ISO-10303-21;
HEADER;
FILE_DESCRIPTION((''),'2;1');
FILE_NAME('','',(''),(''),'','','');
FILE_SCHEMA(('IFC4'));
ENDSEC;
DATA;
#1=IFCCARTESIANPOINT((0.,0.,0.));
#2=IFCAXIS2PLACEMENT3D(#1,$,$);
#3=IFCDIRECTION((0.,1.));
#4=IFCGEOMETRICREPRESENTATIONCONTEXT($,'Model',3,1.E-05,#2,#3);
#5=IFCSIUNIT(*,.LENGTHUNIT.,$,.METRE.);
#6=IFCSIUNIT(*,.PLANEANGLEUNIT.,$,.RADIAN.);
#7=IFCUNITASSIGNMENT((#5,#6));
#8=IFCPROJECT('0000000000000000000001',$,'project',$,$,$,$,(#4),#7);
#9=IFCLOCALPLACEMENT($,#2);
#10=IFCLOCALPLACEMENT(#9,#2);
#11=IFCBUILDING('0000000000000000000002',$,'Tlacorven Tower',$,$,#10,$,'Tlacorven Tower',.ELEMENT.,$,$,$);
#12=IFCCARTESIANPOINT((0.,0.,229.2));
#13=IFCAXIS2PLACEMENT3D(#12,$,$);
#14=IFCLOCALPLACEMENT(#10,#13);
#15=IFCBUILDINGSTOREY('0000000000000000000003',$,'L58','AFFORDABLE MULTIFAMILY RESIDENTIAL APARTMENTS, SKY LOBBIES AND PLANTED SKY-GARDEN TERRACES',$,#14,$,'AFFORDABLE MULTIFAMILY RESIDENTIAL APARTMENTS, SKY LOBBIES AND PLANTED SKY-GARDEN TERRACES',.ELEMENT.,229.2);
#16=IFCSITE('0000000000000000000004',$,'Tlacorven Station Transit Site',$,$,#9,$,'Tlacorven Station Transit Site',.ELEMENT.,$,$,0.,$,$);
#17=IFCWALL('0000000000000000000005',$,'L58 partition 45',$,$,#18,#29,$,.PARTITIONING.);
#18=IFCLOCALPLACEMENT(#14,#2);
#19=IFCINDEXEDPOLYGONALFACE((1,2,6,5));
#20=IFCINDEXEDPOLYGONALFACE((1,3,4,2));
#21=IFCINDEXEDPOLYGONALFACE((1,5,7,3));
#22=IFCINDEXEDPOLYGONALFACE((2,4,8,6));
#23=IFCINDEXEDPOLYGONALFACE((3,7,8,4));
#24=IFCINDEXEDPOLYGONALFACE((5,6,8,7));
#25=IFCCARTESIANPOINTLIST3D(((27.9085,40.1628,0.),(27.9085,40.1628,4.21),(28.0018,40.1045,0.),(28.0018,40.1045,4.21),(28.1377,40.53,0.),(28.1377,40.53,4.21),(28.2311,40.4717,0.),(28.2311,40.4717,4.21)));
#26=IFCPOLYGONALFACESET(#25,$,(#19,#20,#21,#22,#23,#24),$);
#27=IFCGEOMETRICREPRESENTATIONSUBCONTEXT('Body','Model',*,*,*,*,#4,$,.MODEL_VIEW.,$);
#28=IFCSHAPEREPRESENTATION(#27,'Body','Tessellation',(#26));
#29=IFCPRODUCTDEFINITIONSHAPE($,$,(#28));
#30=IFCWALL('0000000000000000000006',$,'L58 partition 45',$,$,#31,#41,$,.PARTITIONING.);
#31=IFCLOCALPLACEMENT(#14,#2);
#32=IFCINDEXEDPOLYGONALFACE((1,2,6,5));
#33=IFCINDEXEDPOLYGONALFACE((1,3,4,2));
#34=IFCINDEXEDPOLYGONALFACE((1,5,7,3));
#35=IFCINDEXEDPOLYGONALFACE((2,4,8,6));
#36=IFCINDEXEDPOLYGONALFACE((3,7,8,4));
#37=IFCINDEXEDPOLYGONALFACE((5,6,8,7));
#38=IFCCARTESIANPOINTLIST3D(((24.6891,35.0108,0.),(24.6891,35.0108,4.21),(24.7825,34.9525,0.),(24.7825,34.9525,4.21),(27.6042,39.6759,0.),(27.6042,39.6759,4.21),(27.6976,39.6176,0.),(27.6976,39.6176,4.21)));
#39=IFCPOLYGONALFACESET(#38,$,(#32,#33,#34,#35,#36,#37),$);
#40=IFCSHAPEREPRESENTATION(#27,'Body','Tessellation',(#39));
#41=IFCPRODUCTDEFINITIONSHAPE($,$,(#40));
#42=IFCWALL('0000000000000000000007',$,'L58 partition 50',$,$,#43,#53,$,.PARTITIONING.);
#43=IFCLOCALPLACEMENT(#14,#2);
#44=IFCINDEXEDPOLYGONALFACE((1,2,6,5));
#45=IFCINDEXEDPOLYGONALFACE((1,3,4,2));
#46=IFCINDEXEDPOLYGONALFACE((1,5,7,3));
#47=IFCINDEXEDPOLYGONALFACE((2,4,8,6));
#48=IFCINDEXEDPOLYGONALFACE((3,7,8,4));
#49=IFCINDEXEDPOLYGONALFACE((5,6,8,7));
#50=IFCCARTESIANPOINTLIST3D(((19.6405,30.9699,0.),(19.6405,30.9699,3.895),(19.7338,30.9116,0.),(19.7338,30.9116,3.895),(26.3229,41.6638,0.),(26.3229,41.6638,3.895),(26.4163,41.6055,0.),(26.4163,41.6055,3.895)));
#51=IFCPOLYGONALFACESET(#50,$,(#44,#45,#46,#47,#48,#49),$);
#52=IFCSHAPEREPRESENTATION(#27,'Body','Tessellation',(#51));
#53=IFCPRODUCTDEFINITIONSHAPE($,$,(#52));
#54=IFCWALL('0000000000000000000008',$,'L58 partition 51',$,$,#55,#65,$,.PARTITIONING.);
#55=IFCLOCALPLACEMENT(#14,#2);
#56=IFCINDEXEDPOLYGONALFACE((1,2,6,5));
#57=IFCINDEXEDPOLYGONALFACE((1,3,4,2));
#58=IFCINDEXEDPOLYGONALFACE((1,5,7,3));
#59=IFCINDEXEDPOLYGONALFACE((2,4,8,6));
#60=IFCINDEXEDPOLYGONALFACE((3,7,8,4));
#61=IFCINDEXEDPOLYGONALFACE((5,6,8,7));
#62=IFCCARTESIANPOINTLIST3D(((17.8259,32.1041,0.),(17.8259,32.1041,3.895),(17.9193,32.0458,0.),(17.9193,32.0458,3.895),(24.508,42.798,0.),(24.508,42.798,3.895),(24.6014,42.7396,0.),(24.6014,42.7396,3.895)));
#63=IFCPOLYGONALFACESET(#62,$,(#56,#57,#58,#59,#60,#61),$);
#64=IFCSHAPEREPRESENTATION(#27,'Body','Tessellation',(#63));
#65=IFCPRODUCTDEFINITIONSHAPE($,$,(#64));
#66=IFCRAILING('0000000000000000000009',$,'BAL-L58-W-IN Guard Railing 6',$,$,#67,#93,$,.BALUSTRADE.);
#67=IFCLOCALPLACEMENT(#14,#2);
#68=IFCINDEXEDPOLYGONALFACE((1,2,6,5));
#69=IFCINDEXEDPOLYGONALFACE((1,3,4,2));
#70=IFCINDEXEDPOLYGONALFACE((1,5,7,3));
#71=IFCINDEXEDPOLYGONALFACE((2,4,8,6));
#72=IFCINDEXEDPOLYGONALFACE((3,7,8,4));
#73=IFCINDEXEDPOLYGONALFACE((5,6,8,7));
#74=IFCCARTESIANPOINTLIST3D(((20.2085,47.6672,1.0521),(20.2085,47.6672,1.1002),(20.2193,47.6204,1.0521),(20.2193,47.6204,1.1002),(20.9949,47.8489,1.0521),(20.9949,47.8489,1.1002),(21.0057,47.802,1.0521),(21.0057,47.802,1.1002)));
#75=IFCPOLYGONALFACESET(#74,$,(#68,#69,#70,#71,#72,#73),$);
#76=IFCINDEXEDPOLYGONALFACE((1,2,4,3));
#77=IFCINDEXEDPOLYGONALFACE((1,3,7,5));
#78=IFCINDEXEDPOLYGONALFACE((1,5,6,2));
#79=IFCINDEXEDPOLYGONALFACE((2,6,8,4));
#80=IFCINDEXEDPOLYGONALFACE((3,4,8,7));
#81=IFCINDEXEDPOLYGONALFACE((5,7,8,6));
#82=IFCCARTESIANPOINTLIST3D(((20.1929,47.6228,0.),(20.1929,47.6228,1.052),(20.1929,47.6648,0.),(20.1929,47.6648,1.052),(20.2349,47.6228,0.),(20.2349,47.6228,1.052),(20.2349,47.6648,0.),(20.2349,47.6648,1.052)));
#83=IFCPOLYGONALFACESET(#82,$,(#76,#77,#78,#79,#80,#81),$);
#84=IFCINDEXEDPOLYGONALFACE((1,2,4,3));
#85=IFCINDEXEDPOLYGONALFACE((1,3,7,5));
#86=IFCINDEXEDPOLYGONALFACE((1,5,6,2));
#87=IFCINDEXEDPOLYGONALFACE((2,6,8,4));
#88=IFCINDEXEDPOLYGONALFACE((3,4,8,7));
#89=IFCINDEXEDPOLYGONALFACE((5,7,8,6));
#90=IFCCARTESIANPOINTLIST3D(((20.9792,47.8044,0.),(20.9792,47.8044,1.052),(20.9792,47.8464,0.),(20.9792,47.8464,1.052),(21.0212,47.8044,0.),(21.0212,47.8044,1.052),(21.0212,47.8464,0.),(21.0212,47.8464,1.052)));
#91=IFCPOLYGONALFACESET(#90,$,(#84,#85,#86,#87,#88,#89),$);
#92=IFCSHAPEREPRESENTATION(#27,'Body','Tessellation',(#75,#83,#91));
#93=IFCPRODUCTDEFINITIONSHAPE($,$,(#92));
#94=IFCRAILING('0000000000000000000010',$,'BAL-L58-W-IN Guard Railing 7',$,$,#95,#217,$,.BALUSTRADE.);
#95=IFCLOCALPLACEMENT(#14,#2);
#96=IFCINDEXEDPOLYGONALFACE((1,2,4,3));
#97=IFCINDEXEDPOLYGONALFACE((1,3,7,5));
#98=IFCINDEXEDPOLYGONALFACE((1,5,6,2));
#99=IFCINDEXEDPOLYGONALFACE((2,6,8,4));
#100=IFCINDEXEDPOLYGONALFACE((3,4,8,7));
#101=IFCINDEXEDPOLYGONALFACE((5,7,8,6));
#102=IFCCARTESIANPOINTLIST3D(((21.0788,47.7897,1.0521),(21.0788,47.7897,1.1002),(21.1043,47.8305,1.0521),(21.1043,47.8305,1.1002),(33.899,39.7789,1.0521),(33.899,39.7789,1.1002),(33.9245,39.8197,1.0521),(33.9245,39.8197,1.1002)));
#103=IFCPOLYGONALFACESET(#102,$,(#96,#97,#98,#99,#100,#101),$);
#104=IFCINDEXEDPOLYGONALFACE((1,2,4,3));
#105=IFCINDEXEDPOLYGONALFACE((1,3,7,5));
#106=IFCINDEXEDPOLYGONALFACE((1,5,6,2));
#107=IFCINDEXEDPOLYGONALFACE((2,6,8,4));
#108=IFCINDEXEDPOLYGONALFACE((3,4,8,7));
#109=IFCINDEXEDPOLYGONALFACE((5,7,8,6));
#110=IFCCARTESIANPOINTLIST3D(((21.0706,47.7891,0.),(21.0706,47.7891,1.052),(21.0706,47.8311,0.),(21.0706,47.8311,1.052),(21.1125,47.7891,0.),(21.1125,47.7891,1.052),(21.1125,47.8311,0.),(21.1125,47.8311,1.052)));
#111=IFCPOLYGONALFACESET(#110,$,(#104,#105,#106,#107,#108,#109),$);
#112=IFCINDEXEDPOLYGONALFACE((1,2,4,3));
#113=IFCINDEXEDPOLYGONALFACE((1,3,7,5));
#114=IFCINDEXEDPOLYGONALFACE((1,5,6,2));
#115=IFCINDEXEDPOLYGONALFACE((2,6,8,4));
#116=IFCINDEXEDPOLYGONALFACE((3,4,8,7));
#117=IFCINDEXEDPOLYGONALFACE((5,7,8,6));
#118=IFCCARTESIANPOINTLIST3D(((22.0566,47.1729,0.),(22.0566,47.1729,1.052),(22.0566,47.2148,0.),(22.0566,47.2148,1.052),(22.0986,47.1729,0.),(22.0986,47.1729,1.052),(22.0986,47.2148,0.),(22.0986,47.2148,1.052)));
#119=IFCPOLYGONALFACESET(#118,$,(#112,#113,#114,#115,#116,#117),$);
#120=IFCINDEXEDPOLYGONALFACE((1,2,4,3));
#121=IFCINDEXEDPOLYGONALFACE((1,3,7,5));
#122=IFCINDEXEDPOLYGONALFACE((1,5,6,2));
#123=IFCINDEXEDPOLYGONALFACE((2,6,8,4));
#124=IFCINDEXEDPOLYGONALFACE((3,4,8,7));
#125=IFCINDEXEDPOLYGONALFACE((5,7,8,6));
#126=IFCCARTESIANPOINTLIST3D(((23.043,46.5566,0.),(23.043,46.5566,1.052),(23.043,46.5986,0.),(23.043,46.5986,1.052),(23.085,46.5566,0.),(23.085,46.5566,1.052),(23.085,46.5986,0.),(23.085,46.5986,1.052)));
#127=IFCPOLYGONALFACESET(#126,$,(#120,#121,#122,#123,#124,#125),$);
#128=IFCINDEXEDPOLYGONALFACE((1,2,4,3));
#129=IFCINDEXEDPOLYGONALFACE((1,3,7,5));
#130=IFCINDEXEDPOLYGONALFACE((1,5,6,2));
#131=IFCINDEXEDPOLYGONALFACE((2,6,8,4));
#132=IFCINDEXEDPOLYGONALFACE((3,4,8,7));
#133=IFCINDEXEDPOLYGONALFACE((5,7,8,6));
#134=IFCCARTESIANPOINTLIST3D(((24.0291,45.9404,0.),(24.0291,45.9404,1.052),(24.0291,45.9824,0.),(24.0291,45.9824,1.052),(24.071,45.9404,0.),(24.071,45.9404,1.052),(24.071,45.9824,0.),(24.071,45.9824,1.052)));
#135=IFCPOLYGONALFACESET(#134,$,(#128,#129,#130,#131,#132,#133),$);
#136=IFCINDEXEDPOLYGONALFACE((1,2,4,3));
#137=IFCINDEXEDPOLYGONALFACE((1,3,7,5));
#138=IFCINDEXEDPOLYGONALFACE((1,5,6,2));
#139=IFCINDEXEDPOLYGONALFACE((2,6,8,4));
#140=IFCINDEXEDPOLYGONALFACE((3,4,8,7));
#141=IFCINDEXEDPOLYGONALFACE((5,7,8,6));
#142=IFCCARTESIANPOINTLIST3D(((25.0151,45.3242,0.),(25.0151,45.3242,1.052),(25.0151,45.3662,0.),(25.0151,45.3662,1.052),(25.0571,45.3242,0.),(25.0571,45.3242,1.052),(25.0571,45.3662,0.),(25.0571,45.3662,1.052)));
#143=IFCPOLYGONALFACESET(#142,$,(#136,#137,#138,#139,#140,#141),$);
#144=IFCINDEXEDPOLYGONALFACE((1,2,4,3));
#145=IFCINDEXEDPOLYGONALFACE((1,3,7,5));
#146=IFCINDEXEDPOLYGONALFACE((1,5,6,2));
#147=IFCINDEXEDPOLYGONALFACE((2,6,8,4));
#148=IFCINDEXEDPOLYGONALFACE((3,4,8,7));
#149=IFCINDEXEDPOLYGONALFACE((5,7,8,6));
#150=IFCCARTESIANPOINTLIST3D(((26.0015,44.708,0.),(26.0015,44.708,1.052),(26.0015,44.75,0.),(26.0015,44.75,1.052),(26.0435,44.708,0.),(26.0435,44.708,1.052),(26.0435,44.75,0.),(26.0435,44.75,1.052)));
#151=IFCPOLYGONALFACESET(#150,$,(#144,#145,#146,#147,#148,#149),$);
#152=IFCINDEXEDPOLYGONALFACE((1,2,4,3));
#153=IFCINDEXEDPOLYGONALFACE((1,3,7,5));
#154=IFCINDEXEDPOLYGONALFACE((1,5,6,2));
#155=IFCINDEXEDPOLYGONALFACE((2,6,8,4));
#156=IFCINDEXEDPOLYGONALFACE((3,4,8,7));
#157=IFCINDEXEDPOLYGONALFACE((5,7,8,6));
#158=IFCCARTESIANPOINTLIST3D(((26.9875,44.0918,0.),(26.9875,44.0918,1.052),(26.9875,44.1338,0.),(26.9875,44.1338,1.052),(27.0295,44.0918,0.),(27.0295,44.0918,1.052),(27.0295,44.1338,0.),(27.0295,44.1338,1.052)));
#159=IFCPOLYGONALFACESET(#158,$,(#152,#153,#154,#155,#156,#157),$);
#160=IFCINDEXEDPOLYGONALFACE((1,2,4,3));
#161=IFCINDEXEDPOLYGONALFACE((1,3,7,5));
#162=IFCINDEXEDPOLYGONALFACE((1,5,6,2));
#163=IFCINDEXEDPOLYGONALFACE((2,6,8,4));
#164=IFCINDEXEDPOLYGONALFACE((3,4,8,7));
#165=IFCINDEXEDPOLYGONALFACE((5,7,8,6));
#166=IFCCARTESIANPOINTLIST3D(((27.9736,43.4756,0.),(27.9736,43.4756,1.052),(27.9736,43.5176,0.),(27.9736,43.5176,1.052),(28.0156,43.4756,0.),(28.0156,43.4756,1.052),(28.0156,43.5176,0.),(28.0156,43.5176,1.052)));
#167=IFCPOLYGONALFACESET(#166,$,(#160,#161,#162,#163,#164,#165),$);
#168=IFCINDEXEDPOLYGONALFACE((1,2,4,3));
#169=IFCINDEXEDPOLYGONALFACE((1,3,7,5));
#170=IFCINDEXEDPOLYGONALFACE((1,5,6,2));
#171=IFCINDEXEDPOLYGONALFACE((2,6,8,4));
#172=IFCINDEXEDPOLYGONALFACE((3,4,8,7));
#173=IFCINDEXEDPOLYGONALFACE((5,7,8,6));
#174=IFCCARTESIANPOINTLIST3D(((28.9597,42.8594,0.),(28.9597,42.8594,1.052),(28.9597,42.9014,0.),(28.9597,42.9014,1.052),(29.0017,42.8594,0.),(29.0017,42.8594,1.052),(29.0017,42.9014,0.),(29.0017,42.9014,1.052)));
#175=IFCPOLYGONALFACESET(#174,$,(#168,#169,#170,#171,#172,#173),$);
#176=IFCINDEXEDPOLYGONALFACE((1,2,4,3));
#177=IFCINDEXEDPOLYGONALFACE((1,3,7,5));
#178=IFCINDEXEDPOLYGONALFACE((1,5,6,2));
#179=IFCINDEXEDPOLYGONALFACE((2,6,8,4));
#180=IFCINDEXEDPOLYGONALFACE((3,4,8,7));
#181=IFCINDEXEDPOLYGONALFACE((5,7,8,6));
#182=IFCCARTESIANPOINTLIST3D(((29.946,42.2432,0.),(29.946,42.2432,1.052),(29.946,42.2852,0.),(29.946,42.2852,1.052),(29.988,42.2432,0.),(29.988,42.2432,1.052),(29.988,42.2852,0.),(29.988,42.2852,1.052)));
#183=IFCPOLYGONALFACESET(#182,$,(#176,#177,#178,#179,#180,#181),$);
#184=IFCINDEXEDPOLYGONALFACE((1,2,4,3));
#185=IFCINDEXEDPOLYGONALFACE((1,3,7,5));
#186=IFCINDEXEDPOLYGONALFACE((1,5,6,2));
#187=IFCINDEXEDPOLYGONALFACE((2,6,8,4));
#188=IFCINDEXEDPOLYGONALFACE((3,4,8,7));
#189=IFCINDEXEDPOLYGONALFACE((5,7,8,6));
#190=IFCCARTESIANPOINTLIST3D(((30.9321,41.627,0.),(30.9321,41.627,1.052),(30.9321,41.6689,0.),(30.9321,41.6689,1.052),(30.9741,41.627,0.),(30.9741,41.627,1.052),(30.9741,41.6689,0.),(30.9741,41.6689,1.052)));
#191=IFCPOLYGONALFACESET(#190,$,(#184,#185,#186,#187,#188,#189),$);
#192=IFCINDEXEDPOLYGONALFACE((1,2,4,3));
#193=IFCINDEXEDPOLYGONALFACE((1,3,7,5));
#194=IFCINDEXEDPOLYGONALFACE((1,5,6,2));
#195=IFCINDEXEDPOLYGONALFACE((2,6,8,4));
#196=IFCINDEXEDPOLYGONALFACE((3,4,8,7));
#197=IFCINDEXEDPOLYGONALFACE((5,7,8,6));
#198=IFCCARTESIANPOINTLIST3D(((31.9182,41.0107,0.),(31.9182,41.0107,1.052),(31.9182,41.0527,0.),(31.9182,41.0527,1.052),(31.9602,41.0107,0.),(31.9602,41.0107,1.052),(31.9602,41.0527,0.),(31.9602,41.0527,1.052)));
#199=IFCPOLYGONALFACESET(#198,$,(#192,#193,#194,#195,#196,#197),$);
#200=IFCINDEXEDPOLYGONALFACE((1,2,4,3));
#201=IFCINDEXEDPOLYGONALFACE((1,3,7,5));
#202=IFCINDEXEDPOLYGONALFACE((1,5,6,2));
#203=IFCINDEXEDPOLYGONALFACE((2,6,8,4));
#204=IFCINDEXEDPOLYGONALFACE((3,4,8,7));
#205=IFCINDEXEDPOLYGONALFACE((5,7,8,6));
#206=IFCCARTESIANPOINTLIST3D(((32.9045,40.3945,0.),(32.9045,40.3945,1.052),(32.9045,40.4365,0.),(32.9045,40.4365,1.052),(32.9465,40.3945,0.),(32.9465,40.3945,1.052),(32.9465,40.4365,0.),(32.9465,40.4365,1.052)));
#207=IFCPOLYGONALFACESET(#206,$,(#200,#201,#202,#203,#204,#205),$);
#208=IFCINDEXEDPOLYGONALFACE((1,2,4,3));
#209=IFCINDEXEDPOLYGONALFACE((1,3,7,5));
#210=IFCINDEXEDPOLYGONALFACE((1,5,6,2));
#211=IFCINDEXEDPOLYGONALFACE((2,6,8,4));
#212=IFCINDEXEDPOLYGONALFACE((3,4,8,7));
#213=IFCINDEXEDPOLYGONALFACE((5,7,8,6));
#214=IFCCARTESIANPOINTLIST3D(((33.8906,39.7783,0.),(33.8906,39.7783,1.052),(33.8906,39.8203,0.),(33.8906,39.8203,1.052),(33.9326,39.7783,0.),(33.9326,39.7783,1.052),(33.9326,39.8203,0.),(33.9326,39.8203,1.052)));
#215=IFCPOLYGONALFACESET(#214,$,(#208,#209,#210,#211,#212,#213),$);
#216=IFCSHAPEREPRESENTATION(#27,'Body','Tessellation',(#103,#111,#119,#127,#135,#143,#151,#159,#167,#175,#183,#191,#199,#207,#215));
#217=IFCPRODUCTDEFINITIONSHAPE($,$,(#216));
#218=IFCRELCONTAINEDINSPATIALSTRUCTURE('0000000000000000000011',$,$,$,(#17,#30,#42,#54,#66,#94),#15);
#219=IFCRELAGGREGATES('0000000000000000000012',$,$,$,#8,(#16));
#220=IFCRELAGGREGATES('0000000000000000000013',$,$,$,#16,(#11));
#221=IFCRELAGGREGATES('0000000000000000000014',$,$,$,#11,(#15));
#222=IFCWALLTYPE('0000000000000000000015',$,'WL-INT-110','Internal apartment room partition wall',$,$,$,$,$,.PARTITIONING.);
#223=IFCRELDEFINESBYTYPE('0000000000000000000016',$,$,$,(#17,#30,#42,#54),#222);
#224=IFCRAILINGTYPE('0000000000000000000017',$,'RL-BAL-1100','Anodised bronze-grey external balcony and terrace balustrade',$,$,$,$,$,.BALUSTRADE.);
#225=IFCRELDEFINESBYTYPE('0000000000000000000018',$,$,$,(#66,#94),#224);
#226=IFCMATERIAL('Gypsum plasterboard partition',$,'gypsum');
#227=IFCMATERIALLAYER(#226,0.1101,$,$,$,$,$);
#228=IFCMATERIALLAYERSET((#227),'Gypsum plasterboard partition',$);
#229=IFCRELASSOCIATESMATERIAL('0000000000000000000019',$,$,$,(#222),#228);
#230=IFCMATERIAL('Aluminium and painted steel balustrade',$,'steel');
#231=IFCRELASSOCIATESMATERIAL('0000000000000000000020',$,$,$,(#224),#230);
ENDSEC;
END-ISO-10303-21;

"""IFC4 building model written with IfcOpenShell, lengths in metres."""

from ifc_helpers import new_model, si_unit, direction, frame, frame_2d, origin, origin_2d, place, context, subcontext, project, spatial, rectangle, extrude, source, transform, mapped, material, layer, layer_set, type_object, element, save


model = new_model("IFC4")

# Units and contexts
model_context = context("Model", 3, precision=1e-05, world=origin(), true_north=direction((0.0, 1.0)))
body_context = subcontext(model_context, "Body", "Model", "MODEL_VIEW")
ifc_project = project(units=[si_unit("LENGTHUNIT", "METRE"), si_unit("PLANEANGLEUNIT", "RADIAN")], contexts=[model_context])

# Site, building, storey
site_placement = place(None, origin())
site = spatial("IfcSite", under=ifc_project, at=site_placement, Name="Tlacorven Station Transit Site", LongName="Tlacorven Station Transit Site", CompositionType="ELEMENT", RefElevation=0.0)
building_placement = place(site_placement, origin())
building = spatial("IfcBuilding", under=site, at=building_placement, Name="Tlacorven Tower", LongName="Tlacorven Tower", CompositionType="ELEMENT")
storey_placement = place(building_placement, frame((0.0, 0.0, 229.2)))
storey = spatial("IfcBuildingStorey", under=building, at=storey_placement, Name="L58", Description="AFFORDABLE MULTIFAMILY RESIDENTIAL APARTMENTS, SKY LOBBIES AND PLANTED SKY-GARDEN TERRACES", LongName="AFFORDABLE MULTIFAMILY RESIDENTIAL APARTMENTS, SKY LOBBIES AND PLANTED SKY-GARDEN TERRACES", CompositionType="ELEMENT", Elevation=229.2)

# Walls
ifc_material_1 = material(Name="Gypsum plasterboard partition", Category="gypsum")
ifc_layer_1 = layer(ifc_material_1, 0.1101)
ifc_layer_set_1 = layer_set([ifc_layer_1], Name="Gypsum plasterboard partition")
wall_type_1 = type_object("IfcWallType", Name="WL-INT-110", Description="Internal apartment room partition wall", PredefinedType="PARTITIONING", material=ifc_layer_set_1)
wall_1_placement = place(storey_placement, frame((28.1843, 40.5007, 0.0), z_axis=(0.0, 0.0, 1.0), x_axis=(-0.529593, -0.848252, 0.0)))
element("IfcWall", 1, at=wall_1_placement, inside=storey, type_object=wall_type_1, Name="L58 partition 45", PredefinedType="PARTITIONING", context=body_context, shape_type="SweptSolid", body=[
    extrude(rectangle(XDim=0.4329, YDim=0.1101, at=frame_2d((0.2163, 0.0))), origin(), (0.0, 0.0, 1.0), 4.21),
])
wall_2_placement = place(storey_placement, frame((27.6509, 39.6467, 0.0), z_axis=(0.0, 0.0, 1.0), x_axis=(-0.529919, -0.848048, 0.0)))
element("IfcWall", 2, at=wall_2_placement, inside=storey, type_object=wall_type_1, Name="L58 partition 45", PredefinedType="PARTITIONING", context=body_context, shape_type="SweptSolid", body=[
    extrude(rectangle(XDim=5.501, YDim=0.1101, at=frame_2d((2.7505, 0.0))), origin(), (0.0, 0.0, 1.0), 4.21),
])
wall_3_placement = place(storey_placement, frame((26.3696, 41.6348, 0.0), z_axis=(0.0, 0.0, 1.0), x_axis=(-0.529926, -0.848044, 0.0)))
element("IfcWall", 3, at=wall_3_placement, inside=storey, type_object=wall_type_1, Name="L58 partition 50", PredefinedType="PARTITIONING", context=body_context, shape_type="SweptSolid", body=[
    extrude(rectangle(XDim=12.6101, YDim=0.1101, at=frame_2d((6.3052, 0.0))), origin(), (0.0, 0.0, 1.0), 3.895),
])
wall_4_placement = place(storey_placement, frame((24.5547, 42.7688, 0.0), z_axis=(0.0, 0.0, 1.0), x_axis=(-0.529912, -0.848053, 0.0)))
element("IfcWall", 4, at=wall_4_placement, inside=storey, type_object=wall_type_1, Name="L58 partition 51", PredefinedType="PARTITIONING", context=body_context, shape_type="SweptSolid", body=[
    extrude(rectangle(XDim=12.6099, YDim=0.1101, at=frame_2d((6.3049, 0.0))), origin(), (0.0, 0.0, 1.0), 3.895),
])

# Railings
ifc_material_2 = material(Name="Aluminium and painted steel balustrade", Category="steel")
railing_type = type_object("IfcRailingType", Name="RL-BAL-1100", Description="Anodised bronze-grey external balcony and terrace balustrade", PredefinedType="BALUSTRADE", material=ifc_material_2)
shared_shape_1 = source(origin(), body_context, "Body", "SweptSolid", [
    extrude(rectangle(XDim=0.0481, YDim=0.0481, at=origin_2d()), frame((0.0, 0.0, 1.0762), z_axis=(0.974345, 0.225058, 0.0), x_axis=(-0.225058, 0.974345, 0.0)), (0.0, 0.0, 1.0), 0.8071),
    extrude(rectangle(XDim=0.042, YDim=0.042, at=origin_2d()), origin(), (0.0, 0.0, 1.0), 1.052),
    extrude(rectangle(XDim=0.042, YDim=0.042, at=origin_2d()), frame((0.7864, 0.1816, 0.0)), (0.0, 0.0, 1.0), 1.052),
])
railing_1_placement = place(storey_placement, frame((20.2139, 47.6438, 0.0)))
element("IfcRailing", 5, at=railing_1_placement, inside=storey, type_object=railing_type, Name="BAL-L58-W-IN Guard Railing 6", PredefinedType="BALUSTRADE", context=body_context, shape_type="MappedRepresentation", body=[
    mapped(shared_shape_1, transform((0.0, 0.0, 0.0), scale=1.0)),
])
shared_shape_2 = source(origin(), body_context, "Body", "SweptSolid", [
    extrude(rectangle(XDim=0.0481, YDim=0.0481, at=origin_2d()), frame((0.0, 0.0, 1.0762), z_axis=(0.848052, -0.529913, 0.0), x_axis=(0.529913, 0.848052, 0.0)), (0.0, 0.0, 1.0), 15.1172),
    extrude(rectangle(XDim=0.042, YDim=0.042, at=origin_2d()), origin(), (0.0, 0.0, 1.0), 1.052),
    extrude(rectangle(XDim=0.042, YDim=0.042, at=origin_2d()), frame((0.9861, -0.6162, 0.0)), (0.0, 0.0, 1.0), 1.052),
    extrude(rectangle(XDim=0.042, YDim=0.042, at=origin_2d()), frame((1.9724, -1.2324, 0.0)), (0.0, 0.0, 1.0), 1.052),
    extrude(rectangle(XDim=0.042, YDim=0.042, at=origin_2d()), frame((2.9585, -1.8486, 0.0)), (0.0, 0.0, 1.0), 1.052),
    extrude(rectangle(XDim=0.042, YDim=0.042, at=origin_2d()), frame((3.9446, -2.4648, 0.0)), (0.0, 0.0, 1.0), 1.052),
    extrude(rectangle(XDim=0.042, YDim=0.042, at=origin_2d()), frame((4.9309, -3.0811, 0.0)), (0.0, 0.0, 1.0), 1.052),
    extrude(rectangle(XDim=0.042, YDim=0.042, at=origin_2d()), frame((5.917, -3.6973, 0.0)), (0.0, 0.0, 1.0), 1.052),
    extrude(rectangle(XDim=0.042, YDim=0.042, at=origin_2d()), frame((6.9031, -4.3135, 0.0)), (0.0, 0.0, 1.0), 1.052),
    extrude(rectangle(XDim=0.042, YDim=0.042, at=origin_2d()), frame((7.8892, -4.9297, 0.0)), (0.0, 0.0, 1.0), 1.052),
    extrude(rectangle(XDim=0.042, YDim=0.042, at=origin_2d()), frame((8.8755, -5.5459, 0.0)), (0.0, 0.0, 1.0), 1.052),
    extrude(rectangle(XDim=0.042, YDim=0.042, at=origin_2d()), frame((9.8616, -6.1621, 0.0)), (0.0, 0.0, 1.0), 1.052),
    extrude(rectangle(XDim=0.042, YDim=0.042, at=origin_2d()), frame((10.8477, -6.7783, 0.0)), (0.0, 0.0, 1.0), 1.052),
    extrude(rectangle(XDim=0.042, YDim=0.042, at=origin_2d()), frame((11.834, -7.3945, 0.0)), (0.0, 0.0, 1.0), 1.052),
    extrude(rectangle(XDim=0.042, YDim=0.042, at=origin_2d()), frame((12.8201, -8.0107, 0.0)), (0.0, 0.0, 1.0), 1.052),
])
railing_2_placement = place(storey_placement, frame((21.0916, 47.8101, 0.0)))
element("IfcRailing", 6, at=railing_2_placement, inside=storey, type_object=railing_type, Name="BAL-L58-W-IN Guard Railing 7", PredefinedType="BALUSTRADE", context=body_context, shape_type="MappedRepresentation", body=[
    mapped(shared_shape_2, transform((0.0, 0.0, 0.0), scale=1.0)),
])

save(model, "model.ifc")
